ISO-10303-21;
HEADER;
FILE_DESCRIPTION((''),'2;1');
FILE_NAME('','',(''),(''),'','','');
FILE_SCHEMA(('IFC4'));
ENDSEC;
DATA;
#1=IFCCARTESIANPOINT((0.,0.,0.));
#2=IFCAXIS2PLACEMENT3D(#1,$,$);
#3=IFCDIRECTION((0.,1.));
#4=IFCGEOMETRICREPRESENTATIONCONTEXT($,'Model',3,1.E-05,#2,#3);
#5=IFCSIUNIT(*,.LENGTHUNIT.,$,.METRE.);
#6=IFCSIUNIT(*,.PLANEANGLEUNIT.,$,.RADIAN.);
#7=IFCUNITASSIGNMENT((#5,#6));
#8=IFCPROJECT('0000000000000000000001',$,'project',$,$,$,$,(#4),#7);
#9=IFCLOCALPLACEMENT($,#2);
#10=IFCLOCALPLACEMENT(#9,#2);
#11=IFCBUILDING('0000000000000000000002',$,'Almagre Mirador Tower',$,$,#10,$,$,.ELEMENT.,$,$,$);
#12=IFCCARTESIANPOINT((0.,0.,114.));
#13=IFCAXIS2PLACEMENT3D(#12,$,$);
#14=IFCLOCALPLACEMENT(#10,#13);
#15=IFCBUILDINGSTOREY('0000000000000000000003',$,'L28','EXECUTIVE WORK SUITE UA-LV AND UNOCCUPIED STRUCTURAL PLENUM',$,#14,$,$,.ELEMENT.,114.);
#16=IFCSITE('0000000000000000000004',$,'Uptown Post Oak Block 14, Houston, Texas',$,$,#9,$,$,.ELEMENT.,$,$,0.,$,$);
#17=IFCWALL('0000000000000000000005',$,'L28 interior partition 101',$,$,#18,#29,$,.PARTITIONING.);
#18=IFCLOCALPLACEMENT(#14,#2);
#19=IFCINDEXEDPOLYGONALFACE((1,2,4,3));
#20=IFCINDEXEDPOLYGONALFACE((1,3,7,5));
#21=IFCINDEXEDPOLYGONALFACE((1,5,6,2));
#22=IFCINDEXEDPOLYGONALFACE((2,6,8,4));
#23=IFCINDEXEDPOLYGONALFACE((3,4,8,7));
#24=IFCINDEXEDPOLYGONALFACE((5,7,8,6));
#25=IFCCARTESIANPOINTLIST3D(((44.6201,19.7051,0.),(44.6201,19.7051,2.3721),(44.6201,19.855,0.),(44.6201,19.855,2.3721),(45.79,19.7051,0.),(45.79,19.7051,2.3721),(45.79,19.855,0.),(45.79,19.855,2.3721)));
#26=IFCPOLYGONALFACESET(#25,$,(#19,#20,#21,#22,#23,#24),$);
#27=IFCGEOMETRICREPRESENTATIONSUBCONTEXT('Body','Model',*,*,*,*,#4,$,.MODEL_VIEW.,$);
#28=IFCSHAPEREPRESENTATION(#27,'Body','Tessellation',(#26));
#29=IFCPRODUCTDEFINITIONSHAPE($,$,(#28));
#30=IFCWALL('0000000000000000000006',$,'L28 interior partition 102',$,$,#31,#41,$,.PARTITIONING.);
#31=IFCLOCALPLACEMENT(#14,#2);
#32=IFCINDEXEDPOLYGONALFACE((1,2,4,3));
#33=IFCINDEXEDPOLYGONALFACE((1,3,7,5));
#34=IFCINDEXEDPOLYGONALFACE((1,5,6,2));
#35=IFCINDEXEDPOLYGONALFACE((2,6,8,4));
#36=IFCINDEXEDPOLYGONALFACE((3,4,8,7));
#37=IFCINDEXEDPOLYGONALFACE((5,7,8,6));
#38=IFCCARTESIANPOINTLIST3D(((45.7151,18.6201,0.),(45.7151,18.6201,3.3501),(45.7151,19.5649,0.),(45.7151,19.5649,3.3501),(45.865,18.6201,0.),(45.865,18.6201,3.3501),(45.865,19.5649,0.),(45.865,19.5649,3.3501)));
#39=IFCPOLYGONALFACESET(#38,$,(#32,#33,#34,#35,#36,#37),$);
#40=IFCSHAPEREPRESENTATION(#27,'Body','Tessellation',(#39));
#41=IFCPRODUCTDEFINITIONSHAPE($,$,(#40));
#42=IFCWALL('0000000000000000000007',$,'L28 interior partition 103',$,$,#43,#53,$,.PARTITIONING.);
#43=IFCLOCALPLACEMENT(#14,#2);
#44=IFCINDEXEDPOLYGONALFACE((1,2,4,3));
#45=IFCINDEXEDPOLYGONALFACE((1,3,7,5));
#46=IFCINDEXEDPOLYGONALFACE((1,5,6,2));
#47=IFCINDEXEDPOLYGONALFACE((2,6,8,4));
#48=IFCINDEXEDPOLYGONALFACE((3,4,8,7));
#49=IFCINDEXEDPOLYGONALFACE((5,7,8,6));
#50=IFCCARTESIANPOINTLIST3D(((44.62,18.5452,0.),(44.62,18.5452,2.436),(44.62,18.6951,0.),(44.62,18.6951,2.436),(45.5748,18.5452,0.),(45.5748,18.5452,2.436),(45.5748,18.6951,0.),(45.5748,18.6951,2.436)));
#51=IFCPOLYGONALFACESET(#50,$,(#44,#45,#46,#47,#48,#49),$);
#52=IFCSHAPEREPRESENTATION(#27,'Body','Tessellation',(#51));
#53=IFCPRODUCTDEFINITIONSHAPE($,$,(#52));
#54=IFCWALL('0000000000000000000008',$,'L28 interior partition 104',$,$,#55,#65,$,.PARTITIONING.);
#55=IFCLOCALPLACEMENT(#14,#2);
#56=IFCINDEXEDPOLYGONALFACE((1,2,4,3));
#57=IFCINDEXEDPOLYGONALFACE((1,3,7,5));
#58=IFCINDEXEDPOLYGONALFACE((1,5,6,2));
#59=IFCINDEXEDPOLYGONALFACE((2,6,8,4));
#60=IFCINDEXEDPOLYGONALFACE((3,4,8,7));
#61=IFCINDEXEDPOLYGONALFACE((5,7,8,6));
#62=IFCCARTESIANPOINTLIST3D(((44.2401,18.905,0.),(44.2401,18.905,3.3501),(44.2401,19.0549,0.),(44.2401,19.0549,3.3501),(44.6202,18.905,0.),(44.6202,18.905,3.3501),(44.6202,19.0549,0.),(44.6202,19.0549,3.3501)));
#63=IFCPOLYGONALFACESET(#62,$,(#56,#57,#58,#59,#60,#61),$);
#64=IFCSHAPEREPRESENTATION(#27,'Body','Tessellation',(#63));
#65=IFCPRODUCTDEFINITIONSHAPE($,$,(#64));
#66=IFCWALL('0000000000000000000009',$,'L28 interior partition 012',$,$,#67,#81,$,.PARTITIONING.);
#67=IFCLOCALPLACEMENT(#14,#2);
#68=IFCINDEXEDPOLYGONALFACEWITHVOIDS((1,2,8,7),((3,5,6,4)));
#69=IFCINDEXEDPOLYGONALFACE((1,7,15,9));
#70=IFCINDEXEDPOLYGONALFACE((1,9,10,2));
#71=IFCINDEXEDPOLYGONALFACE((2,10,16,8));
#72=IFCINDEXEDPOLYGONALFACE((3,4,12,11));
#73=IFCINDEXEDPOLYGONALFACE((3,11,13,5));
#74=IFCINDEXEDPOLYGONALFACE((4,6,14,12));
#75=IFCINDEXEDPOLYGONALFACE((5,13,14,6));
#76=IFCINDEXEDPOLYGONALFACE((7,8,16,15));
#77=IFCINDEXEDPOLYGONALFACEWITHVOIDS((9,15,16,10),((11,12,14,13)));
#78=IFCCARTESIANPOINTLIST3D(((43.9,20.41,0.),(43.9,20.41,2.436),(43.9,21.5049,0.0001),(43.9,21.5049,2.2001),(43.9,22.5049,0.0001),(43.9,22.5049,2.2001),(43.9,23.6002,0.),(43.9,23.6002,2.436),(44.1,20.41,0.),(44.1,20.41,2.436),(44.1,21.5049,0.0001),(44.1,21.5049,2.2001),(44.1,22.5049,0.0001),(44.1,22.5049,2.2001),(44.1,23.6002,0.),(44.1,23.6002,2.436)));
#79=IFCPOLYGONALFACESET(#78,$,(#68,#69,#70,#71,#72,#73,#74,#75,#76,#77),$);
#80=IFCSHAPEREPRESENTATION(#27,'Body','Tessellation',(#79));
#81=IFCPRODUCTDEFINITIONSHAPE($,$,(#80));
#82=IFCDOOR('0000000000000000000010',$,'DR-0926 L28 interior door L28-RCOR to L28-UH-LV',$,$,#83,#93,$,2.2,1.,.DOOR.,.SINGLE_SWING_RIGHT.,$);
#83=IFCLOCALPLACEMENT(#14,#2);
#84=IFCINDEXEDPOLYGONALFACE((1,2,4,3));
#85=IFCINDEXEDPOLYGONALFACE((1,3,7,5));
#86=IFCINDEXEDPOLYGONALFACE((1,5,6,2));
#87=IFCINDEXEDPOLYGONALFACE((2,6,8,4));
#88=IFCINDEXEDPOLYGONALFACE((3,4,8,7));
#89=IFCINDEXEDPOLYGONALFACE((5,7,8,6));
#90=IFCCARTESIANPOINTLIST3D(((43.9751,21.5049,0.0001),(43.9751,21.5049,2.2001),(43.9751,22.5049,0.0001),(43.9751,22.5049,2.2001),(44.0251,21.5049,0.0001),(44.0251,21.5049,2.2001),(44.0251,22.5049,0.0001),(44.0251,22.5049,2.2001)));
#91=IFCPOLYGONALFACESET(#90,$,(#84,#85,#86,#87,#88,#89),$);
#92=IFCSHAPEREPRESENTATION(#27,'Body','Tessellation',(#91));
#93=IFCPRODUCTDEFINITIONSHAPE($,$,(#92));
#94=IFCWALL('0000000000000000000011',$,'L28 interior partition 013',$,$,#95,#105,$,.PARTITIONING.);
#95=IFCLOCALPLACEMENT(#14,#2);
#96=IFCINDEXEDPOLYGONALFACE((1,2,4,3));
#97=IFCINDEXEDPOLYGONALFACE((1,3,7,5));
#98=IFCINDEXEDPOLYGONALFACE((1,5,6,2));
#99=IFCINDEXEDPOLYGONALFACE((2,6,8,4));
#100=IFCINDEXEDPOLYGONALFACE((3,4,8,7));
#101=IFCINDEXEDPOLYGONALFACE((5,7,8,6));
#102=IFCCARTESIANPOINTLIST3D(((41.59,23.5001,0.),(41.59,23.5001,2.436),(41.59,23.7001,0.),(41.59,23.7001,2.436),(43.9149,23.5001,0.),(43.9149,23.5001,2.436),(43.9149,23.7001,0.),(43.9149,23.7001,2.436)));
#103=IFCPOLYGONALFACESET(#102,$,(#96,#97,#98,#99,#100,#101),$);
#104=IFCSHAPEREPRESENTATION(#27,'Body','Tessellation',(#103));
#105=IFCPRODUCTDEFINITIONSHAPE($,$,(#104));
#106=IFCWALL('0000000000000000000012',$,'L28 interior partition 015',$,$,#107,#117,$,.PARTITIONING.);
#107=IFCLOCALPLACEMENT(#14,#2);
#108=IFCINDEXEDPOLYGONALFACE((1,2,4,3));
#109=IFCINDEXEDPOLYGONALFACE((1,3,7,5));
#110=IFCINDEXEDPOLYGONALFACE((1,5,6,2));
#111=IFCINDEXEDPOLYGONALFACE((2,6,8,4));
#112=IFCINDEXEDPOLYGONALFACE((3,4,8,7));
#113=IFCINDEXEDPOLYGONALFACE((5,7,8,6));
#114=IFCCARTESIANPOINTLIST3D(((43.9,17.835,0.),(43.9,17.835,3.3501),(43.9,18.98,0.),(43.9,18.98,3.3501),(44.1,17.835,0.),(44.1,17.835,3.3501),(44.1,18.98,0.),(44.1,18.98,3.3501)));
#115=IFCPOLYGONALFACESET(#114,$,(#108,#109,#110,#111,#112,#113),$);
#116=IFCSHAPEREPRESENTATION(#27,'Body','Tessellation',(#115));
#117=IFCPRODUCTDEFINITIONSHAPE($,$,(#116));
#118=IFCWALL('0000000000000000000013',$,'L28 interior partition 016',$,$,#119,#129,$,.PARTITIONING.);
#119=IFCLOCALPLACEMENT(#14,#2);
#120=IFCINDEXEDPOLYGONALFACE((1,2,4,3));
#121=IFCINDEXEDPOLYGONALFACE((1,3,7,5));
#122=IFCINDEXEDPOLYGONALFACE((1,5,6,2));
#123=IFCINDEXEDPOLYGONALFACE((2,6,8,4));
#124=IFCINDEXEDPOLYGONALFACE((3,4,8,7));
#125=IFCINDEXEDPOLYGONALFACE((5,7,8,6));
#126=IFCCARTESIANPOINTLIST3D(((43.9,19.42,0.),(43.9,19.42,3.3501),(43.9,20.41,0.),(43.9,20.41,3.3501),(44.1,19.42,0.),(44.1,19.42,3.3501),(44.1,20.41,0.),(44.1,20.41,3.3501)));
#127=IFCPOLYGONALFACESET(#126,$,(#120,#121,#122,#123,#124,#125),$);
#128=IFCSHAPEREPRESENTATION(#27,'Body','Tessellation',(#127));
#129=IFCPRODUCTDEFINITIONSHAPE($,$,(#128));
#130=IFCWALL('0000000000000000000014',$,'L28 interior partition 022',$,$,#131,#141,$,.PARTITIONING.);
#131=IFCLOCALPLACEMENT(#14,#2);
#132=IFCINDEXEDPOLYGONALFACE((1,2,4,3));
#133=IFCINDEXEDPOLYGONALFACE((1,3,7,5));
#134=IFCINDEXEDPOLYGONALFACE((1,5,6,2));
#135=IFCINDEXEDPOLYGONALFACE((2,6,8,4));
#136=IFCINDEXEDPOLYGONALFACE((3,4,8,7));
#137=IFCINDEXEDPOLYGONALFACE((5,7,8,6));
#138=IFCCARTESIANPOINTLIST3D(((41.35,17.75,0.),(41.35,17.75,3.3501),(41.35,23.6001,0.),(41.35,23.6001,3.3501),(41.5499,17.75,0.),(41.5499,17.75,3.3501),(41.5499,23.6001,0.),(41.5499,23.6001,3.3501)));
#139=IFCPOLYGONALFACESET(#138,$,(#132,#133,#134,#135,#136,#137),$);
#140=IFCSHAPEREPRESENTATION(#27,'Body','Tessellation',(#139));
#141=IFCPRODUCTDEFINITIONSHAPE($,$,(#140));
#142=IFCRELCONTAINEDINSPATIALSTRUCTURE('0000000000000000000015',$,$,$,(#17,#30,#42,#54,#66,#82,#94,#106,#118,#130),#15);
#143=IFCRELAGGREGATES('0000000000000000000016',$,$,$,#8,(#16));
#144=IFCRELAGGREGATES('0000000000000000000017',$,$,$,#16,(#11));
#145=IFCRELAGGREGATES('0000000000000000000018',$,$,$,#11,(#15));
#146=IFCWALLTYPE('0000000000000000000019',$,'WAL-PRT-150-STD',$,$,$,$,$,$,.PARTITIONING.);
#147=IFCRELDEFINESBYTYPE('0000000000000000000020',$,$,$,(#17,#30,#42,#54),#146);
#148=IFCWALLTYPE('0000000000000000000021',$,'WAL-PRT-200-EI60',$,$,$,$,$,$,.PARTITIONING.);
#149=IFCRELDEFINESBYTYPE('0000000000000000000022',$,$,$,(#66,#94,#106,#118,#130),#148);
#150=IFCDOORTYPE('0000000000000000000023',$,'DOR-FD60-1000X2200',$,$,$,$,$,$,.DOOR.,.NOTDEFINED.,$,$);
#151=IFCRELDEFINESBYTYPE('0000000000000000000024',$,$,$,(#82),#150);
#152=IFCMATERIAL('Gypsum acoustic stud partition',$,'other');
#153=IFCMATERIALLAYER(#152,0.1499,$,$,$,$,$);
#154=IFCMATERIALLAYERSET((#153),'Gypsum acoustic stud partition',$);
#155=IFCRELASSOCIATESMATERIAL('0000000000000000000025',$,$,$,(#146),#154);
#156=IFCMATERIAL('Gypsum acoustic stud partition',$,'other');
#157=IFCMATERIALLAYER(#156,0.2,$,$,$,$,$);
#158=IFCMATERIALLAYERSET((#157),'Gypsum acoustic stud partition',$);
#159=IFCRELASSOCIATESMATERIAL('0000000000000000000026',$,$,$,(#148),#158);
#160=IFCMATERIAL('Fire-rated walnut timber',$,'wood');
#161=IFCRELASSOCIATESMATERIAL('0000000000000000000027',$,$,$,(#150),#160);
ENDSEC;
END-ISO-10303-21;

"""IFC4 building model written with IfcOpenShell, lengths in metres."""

from ifc_helpers import new_model, si_unit, direction, frame, frame_2d, origin, place, context, subcontext, project, spatial, rectangle, extrude, material, layer, layer_set, type_object, element, fill, save


model = new_model("IFC4")

# Units and contexts
model_context = context("Model", 3, precision=1e-05, world=origin(), true_north=direction((0.0, 1.0)))
body_context = subcontext(model_context, "Body", "Model", "MODEL_VIEW")
ifc_project = project(units=[si_unit("LENGTHUNIT", "METRE"), si_unit("PLANEANGLEUNIT", "RADIAN")], contexts=[model_context])

# Site, building, storey
site_placement = place(None, origin())
site = spatial("IfcSite", under=ifc_project, at=site_placement, Name="Uptown Post Oak Block 14, Houston, Texas", CompositionType="ELEMENT", RefElevation=0.0)
building_placement = place(site_placement, origin())
building = spatial("IfcBuilding", under=site, at=building_placement, Name="Almagre Mirador Tower", CompositionType="ELEMENT")
storey_placement = place(building_placement, frame((0.0, 0.0, 114.0)))
storey = spatial("IfcBuildingStorey", under=building, at=storey_placement, Name="L28", Description="EXECUTIVE WORK SUITE UA-LV AND UNOCCUPIED STRUCTURAL PLENUM", CompositionType="ELEMENT", Elevation=114.0)

# Shared definitions
ifc_material_1 = material(Name="Gypsum acoustic stud partition", Category="other")
ifc_layer_1 = layer(ifc_material_1, 0.1499)
ifc_layer_set_1 = layer_set([ifc_layer_1], Name="Gypsum acoustic stud partition")
wall_type_1 = type_object("IfcWallType", Name="WAL-PRT-150-STD", PredefinedType="PARTITIONING", material=ifc_layer_set_1)

# Walls
wall_1_placement = place(storey_placement, frame((44.6201, 19.78, 0.0), z_axis=(0.0, 0.0, 1.0), x_axis=(1.0, 0.0, 0.0)))
element("IfcWall", 1, at=wall_1_placement, inside=storey, type_object=wall_type_1, Name="L28 interior partition 101", PredefinedType="PARTITIONING", context=body_context, shape_type="SweptSolid", body=[
    extrude(rectangle(XDim=1.1699, YDim=0.1499, at=frame_2d((0.585, 0.0))), origin(), (0.0, 0.0, 1.0), 2.3721),
])
wall_2_placement = place(storey_placement, frame((45.79, 19.5649, 0.0), z_axis=(0.0, 0.0, 1.0), x_axis=(0.0, -1.0, 0.0)))
element("IfcWall", 2, at=wall_2_placement, inside=storey, type_object=wall_type_1, Name="L28 interior partition 102", PredefinedType="PARTITIONING", context=body_context, shape_type="SweptSolid", body=[
    extrude(rectangle(XDim=0.9448, YDim=0.1499, at=frame_2d((0.4724, 0.0))), origin(), (0.0, 0.0, 1.0), 3.3501),
])
wall_3_placement = place(storey_placement, frame((45.575, 18.6201, 0.0), z_axis=(0.0, 0.0, 1.0), x_axis=(-1.0, 0.0, 0.0)))
element("IfcWall", 3, at=wall_3_placement, inside=storey, type_object=wall_type_1, Name="L28 interior partition 103", PredefinedType="PARTITIONING", context=body_context, shape_type="SweptSolid", body=[
    extrude(rectangle(XDim=0.9548, YDim=0.1499, at=frame_2d((0.4775, 0.0))), origin(), (0.0, 0.0, 1.0), 2.436),
])
wall_4_placement = place(storey_placement, frame((44.6201, 18.98, 0.0), z_axis=(0.0, 0.0, 1.0), x_axis=(-1.0, 0.0, 0.0)))
element("IfcWall", 4, at=wall_4_placement, inside=storey, type_object=wall_type_1, Name="L28 interior partition 104", PredefinedType="PARTITIONING", context=body_context, shape_type="SweptSolid", body=[
    extrude(rectangle(XDim=0.3801, YDim=0.1499, at=frame_2d((0.1899, 0.0))), origin(), (0.0, 0.0, 1.0), 3.3501),
])

# Wall, opening, door
ifc_material_2 = material(Name="Gypsum acoustic stud partition", Category="other")
ifc_layer_2 = layer(ifc_material_2, 0.2)
ifc_layer_set_2 = layer_set([ifc_layer_2], Name="Gypsum acoustic stud partition")
wall_type_2 = type_object("IfcWallType", Name="WAL-PRT-200-EI60", PredefinedType="PARTITIONING", material=ifc_layer_set_2)
wall_5_placement = place(storey_placement, frame((44.0, 20.4099, 0.0), z_axis=(0.0, 0.0, 1.0), x_axis=(0.0, 1.0, 0.0)))
wall_5 = element("IfcWall", 5, at=wall_5_placement, inside=storey, type_object=wall_type_2, Name="L28 interior partition 012", PredefinedType="PARTITIONING", context=body_context, shape_type="SweptSolid", body=[
    extrude(rectangle(XDim=3.1902, YDim=0.2, at=frame_2d((1.5952, 0.0))), origin(), (0.0, 0.0, 1.0), 2.436),
])
opening_1_placement = place(wall_5_placement, frame((1.095, 0.0, 0.0)))
opening_1 = element("IfcOpeningElement", 6, at=opening_1_placement, cuts=wall_5, PredefinedType="OPENING", context=body_context, shape_type="SweptSolid", body=[
    extrude(rectangle(XDim=1.0, YDim=2.2, at=frame_2d((0.5, 1.1001))), frame((0.0, 0.1101, 0.0), z_axis=(0.0, -1.0, 0.0), x_axis=(1.0, 0.0, 0.0)), (0.0, 0.0, 1.0), 0.22),
])
ifc_material_3 = material(Name="Fire-rated walnut timber", Category="wood")
door_type_1 = type_object("IfcDoorType", Name="DOR-FD60-1000X2200", OperationType="NOTDEFINED", PredefinedType="DOOR", material=ifc_material_3)
door_1_placement = place(opening_1_placement, origin())
door_1 = element("IfcDoor", 7, at=door_1_placement, inside=storey, type_object=door_type_1, Name="DR-0926 L28 interior door L28-RCOR to L28-UH-LV", OperationType="SINGLE_SWING_RIGHT", OverallHeight=2.2, OverallWidth=1.0, PredefinedType="DOOR", context=body_context, shape_type="SweptSolid", body=[
    extrude(rectangle(XDim=1.0, YDim=2.2, at=frame_2d((0.5, 1.1001))), frame((0.0, 0.0249, 0.0), z_axis=(0.0, -1.0, 0.0), x_axis=(1.0, 0.0, 0.0)), (0.0, 0.0, 1.0), 0.05),
])
fill(opening_1, door_1)

# Walls
wall_6_placement = place(storey_placement, frame((43.915, 23.6001, 0.0), z_axis=(0.0, 0.0, 1.0), x_axis=(-1.0, 0.0, 0.0)))
element("IfcWall", 8, at=wall_6_placement, inside=storey, type_object=wall_type_2, Name="L28 interior partition 013", PredefinedType="PARTITIONING", context=body_context, shape_type="SweptSolid", body=[
    extrude(rectangle(XDim=2.325, YDim=0.2, at=frame_2d((1.1626, 0.0))), origin(), (0.0, 0.0, 1.0), 2.436),
])
wall_7_placement = place(storey_placement, frame((44.0, 17.835, 0.0), z_axis=(0.0, 0.0, 1.0), x_axis=(0.0, 1.0, 0.0)))
element("IfcWall", 9, at=wall_7_placement, inside=storey, type_object=wall_type_2, Name="L28 interior partition 015", PredefinedType="PARTITIONING", context=body_context, shape_type="SweptSolid", body=[
    extrude(rectangle(XDim=1.145, YDim=0.2, at=frame_2d((0.5725, 0.0))), origin(), (0.0, 0.0, 1.0), 3.3501),
])
wall_8_placement = place(storey_placement, frame((44.0, 19.4199, 0.0), z_axis=(0.0, 0.0, 1.0), x_axis=(0.0, 1.0, 0.0)))
element("IfcWall", 10, at=wall_8_placement, inside=storey, type_object=wall_type_2, Name="L28 interior partition 016", PredefinedType="PARTITIONING", context=body_context, shape_type="SweptSolid", body=[
    extrude(rectangle(XDim=0.99, YDim=0.2, at=frame_2d((0.4951, 0.0))), origin(), (0.0, 0.0, 1.0), 3.3501),
])
wall_9_placement = place(storey_placement, frame((41.45, 23.6001, 0.0), z_axis=(0.0, 0.0, 1.0), x_axis=(0.0, -1.0, 0.0)))
element("IfcWall", 11, at=wall_9_placement, inside=storey, type_object=wall_type_2, Name="L28 interior partition 022", PredefinedType="PARTITIONING", context=body_context, shape_type="SweptSolid", body=[
    extrude(rectangle(XDim=5.8501, YDim=0.2, at=frame_2d((2.925, 0.0))), origin(), (0.0, 0.0, 1.0), 3.3501),
])

save(model, "model.ifc")
